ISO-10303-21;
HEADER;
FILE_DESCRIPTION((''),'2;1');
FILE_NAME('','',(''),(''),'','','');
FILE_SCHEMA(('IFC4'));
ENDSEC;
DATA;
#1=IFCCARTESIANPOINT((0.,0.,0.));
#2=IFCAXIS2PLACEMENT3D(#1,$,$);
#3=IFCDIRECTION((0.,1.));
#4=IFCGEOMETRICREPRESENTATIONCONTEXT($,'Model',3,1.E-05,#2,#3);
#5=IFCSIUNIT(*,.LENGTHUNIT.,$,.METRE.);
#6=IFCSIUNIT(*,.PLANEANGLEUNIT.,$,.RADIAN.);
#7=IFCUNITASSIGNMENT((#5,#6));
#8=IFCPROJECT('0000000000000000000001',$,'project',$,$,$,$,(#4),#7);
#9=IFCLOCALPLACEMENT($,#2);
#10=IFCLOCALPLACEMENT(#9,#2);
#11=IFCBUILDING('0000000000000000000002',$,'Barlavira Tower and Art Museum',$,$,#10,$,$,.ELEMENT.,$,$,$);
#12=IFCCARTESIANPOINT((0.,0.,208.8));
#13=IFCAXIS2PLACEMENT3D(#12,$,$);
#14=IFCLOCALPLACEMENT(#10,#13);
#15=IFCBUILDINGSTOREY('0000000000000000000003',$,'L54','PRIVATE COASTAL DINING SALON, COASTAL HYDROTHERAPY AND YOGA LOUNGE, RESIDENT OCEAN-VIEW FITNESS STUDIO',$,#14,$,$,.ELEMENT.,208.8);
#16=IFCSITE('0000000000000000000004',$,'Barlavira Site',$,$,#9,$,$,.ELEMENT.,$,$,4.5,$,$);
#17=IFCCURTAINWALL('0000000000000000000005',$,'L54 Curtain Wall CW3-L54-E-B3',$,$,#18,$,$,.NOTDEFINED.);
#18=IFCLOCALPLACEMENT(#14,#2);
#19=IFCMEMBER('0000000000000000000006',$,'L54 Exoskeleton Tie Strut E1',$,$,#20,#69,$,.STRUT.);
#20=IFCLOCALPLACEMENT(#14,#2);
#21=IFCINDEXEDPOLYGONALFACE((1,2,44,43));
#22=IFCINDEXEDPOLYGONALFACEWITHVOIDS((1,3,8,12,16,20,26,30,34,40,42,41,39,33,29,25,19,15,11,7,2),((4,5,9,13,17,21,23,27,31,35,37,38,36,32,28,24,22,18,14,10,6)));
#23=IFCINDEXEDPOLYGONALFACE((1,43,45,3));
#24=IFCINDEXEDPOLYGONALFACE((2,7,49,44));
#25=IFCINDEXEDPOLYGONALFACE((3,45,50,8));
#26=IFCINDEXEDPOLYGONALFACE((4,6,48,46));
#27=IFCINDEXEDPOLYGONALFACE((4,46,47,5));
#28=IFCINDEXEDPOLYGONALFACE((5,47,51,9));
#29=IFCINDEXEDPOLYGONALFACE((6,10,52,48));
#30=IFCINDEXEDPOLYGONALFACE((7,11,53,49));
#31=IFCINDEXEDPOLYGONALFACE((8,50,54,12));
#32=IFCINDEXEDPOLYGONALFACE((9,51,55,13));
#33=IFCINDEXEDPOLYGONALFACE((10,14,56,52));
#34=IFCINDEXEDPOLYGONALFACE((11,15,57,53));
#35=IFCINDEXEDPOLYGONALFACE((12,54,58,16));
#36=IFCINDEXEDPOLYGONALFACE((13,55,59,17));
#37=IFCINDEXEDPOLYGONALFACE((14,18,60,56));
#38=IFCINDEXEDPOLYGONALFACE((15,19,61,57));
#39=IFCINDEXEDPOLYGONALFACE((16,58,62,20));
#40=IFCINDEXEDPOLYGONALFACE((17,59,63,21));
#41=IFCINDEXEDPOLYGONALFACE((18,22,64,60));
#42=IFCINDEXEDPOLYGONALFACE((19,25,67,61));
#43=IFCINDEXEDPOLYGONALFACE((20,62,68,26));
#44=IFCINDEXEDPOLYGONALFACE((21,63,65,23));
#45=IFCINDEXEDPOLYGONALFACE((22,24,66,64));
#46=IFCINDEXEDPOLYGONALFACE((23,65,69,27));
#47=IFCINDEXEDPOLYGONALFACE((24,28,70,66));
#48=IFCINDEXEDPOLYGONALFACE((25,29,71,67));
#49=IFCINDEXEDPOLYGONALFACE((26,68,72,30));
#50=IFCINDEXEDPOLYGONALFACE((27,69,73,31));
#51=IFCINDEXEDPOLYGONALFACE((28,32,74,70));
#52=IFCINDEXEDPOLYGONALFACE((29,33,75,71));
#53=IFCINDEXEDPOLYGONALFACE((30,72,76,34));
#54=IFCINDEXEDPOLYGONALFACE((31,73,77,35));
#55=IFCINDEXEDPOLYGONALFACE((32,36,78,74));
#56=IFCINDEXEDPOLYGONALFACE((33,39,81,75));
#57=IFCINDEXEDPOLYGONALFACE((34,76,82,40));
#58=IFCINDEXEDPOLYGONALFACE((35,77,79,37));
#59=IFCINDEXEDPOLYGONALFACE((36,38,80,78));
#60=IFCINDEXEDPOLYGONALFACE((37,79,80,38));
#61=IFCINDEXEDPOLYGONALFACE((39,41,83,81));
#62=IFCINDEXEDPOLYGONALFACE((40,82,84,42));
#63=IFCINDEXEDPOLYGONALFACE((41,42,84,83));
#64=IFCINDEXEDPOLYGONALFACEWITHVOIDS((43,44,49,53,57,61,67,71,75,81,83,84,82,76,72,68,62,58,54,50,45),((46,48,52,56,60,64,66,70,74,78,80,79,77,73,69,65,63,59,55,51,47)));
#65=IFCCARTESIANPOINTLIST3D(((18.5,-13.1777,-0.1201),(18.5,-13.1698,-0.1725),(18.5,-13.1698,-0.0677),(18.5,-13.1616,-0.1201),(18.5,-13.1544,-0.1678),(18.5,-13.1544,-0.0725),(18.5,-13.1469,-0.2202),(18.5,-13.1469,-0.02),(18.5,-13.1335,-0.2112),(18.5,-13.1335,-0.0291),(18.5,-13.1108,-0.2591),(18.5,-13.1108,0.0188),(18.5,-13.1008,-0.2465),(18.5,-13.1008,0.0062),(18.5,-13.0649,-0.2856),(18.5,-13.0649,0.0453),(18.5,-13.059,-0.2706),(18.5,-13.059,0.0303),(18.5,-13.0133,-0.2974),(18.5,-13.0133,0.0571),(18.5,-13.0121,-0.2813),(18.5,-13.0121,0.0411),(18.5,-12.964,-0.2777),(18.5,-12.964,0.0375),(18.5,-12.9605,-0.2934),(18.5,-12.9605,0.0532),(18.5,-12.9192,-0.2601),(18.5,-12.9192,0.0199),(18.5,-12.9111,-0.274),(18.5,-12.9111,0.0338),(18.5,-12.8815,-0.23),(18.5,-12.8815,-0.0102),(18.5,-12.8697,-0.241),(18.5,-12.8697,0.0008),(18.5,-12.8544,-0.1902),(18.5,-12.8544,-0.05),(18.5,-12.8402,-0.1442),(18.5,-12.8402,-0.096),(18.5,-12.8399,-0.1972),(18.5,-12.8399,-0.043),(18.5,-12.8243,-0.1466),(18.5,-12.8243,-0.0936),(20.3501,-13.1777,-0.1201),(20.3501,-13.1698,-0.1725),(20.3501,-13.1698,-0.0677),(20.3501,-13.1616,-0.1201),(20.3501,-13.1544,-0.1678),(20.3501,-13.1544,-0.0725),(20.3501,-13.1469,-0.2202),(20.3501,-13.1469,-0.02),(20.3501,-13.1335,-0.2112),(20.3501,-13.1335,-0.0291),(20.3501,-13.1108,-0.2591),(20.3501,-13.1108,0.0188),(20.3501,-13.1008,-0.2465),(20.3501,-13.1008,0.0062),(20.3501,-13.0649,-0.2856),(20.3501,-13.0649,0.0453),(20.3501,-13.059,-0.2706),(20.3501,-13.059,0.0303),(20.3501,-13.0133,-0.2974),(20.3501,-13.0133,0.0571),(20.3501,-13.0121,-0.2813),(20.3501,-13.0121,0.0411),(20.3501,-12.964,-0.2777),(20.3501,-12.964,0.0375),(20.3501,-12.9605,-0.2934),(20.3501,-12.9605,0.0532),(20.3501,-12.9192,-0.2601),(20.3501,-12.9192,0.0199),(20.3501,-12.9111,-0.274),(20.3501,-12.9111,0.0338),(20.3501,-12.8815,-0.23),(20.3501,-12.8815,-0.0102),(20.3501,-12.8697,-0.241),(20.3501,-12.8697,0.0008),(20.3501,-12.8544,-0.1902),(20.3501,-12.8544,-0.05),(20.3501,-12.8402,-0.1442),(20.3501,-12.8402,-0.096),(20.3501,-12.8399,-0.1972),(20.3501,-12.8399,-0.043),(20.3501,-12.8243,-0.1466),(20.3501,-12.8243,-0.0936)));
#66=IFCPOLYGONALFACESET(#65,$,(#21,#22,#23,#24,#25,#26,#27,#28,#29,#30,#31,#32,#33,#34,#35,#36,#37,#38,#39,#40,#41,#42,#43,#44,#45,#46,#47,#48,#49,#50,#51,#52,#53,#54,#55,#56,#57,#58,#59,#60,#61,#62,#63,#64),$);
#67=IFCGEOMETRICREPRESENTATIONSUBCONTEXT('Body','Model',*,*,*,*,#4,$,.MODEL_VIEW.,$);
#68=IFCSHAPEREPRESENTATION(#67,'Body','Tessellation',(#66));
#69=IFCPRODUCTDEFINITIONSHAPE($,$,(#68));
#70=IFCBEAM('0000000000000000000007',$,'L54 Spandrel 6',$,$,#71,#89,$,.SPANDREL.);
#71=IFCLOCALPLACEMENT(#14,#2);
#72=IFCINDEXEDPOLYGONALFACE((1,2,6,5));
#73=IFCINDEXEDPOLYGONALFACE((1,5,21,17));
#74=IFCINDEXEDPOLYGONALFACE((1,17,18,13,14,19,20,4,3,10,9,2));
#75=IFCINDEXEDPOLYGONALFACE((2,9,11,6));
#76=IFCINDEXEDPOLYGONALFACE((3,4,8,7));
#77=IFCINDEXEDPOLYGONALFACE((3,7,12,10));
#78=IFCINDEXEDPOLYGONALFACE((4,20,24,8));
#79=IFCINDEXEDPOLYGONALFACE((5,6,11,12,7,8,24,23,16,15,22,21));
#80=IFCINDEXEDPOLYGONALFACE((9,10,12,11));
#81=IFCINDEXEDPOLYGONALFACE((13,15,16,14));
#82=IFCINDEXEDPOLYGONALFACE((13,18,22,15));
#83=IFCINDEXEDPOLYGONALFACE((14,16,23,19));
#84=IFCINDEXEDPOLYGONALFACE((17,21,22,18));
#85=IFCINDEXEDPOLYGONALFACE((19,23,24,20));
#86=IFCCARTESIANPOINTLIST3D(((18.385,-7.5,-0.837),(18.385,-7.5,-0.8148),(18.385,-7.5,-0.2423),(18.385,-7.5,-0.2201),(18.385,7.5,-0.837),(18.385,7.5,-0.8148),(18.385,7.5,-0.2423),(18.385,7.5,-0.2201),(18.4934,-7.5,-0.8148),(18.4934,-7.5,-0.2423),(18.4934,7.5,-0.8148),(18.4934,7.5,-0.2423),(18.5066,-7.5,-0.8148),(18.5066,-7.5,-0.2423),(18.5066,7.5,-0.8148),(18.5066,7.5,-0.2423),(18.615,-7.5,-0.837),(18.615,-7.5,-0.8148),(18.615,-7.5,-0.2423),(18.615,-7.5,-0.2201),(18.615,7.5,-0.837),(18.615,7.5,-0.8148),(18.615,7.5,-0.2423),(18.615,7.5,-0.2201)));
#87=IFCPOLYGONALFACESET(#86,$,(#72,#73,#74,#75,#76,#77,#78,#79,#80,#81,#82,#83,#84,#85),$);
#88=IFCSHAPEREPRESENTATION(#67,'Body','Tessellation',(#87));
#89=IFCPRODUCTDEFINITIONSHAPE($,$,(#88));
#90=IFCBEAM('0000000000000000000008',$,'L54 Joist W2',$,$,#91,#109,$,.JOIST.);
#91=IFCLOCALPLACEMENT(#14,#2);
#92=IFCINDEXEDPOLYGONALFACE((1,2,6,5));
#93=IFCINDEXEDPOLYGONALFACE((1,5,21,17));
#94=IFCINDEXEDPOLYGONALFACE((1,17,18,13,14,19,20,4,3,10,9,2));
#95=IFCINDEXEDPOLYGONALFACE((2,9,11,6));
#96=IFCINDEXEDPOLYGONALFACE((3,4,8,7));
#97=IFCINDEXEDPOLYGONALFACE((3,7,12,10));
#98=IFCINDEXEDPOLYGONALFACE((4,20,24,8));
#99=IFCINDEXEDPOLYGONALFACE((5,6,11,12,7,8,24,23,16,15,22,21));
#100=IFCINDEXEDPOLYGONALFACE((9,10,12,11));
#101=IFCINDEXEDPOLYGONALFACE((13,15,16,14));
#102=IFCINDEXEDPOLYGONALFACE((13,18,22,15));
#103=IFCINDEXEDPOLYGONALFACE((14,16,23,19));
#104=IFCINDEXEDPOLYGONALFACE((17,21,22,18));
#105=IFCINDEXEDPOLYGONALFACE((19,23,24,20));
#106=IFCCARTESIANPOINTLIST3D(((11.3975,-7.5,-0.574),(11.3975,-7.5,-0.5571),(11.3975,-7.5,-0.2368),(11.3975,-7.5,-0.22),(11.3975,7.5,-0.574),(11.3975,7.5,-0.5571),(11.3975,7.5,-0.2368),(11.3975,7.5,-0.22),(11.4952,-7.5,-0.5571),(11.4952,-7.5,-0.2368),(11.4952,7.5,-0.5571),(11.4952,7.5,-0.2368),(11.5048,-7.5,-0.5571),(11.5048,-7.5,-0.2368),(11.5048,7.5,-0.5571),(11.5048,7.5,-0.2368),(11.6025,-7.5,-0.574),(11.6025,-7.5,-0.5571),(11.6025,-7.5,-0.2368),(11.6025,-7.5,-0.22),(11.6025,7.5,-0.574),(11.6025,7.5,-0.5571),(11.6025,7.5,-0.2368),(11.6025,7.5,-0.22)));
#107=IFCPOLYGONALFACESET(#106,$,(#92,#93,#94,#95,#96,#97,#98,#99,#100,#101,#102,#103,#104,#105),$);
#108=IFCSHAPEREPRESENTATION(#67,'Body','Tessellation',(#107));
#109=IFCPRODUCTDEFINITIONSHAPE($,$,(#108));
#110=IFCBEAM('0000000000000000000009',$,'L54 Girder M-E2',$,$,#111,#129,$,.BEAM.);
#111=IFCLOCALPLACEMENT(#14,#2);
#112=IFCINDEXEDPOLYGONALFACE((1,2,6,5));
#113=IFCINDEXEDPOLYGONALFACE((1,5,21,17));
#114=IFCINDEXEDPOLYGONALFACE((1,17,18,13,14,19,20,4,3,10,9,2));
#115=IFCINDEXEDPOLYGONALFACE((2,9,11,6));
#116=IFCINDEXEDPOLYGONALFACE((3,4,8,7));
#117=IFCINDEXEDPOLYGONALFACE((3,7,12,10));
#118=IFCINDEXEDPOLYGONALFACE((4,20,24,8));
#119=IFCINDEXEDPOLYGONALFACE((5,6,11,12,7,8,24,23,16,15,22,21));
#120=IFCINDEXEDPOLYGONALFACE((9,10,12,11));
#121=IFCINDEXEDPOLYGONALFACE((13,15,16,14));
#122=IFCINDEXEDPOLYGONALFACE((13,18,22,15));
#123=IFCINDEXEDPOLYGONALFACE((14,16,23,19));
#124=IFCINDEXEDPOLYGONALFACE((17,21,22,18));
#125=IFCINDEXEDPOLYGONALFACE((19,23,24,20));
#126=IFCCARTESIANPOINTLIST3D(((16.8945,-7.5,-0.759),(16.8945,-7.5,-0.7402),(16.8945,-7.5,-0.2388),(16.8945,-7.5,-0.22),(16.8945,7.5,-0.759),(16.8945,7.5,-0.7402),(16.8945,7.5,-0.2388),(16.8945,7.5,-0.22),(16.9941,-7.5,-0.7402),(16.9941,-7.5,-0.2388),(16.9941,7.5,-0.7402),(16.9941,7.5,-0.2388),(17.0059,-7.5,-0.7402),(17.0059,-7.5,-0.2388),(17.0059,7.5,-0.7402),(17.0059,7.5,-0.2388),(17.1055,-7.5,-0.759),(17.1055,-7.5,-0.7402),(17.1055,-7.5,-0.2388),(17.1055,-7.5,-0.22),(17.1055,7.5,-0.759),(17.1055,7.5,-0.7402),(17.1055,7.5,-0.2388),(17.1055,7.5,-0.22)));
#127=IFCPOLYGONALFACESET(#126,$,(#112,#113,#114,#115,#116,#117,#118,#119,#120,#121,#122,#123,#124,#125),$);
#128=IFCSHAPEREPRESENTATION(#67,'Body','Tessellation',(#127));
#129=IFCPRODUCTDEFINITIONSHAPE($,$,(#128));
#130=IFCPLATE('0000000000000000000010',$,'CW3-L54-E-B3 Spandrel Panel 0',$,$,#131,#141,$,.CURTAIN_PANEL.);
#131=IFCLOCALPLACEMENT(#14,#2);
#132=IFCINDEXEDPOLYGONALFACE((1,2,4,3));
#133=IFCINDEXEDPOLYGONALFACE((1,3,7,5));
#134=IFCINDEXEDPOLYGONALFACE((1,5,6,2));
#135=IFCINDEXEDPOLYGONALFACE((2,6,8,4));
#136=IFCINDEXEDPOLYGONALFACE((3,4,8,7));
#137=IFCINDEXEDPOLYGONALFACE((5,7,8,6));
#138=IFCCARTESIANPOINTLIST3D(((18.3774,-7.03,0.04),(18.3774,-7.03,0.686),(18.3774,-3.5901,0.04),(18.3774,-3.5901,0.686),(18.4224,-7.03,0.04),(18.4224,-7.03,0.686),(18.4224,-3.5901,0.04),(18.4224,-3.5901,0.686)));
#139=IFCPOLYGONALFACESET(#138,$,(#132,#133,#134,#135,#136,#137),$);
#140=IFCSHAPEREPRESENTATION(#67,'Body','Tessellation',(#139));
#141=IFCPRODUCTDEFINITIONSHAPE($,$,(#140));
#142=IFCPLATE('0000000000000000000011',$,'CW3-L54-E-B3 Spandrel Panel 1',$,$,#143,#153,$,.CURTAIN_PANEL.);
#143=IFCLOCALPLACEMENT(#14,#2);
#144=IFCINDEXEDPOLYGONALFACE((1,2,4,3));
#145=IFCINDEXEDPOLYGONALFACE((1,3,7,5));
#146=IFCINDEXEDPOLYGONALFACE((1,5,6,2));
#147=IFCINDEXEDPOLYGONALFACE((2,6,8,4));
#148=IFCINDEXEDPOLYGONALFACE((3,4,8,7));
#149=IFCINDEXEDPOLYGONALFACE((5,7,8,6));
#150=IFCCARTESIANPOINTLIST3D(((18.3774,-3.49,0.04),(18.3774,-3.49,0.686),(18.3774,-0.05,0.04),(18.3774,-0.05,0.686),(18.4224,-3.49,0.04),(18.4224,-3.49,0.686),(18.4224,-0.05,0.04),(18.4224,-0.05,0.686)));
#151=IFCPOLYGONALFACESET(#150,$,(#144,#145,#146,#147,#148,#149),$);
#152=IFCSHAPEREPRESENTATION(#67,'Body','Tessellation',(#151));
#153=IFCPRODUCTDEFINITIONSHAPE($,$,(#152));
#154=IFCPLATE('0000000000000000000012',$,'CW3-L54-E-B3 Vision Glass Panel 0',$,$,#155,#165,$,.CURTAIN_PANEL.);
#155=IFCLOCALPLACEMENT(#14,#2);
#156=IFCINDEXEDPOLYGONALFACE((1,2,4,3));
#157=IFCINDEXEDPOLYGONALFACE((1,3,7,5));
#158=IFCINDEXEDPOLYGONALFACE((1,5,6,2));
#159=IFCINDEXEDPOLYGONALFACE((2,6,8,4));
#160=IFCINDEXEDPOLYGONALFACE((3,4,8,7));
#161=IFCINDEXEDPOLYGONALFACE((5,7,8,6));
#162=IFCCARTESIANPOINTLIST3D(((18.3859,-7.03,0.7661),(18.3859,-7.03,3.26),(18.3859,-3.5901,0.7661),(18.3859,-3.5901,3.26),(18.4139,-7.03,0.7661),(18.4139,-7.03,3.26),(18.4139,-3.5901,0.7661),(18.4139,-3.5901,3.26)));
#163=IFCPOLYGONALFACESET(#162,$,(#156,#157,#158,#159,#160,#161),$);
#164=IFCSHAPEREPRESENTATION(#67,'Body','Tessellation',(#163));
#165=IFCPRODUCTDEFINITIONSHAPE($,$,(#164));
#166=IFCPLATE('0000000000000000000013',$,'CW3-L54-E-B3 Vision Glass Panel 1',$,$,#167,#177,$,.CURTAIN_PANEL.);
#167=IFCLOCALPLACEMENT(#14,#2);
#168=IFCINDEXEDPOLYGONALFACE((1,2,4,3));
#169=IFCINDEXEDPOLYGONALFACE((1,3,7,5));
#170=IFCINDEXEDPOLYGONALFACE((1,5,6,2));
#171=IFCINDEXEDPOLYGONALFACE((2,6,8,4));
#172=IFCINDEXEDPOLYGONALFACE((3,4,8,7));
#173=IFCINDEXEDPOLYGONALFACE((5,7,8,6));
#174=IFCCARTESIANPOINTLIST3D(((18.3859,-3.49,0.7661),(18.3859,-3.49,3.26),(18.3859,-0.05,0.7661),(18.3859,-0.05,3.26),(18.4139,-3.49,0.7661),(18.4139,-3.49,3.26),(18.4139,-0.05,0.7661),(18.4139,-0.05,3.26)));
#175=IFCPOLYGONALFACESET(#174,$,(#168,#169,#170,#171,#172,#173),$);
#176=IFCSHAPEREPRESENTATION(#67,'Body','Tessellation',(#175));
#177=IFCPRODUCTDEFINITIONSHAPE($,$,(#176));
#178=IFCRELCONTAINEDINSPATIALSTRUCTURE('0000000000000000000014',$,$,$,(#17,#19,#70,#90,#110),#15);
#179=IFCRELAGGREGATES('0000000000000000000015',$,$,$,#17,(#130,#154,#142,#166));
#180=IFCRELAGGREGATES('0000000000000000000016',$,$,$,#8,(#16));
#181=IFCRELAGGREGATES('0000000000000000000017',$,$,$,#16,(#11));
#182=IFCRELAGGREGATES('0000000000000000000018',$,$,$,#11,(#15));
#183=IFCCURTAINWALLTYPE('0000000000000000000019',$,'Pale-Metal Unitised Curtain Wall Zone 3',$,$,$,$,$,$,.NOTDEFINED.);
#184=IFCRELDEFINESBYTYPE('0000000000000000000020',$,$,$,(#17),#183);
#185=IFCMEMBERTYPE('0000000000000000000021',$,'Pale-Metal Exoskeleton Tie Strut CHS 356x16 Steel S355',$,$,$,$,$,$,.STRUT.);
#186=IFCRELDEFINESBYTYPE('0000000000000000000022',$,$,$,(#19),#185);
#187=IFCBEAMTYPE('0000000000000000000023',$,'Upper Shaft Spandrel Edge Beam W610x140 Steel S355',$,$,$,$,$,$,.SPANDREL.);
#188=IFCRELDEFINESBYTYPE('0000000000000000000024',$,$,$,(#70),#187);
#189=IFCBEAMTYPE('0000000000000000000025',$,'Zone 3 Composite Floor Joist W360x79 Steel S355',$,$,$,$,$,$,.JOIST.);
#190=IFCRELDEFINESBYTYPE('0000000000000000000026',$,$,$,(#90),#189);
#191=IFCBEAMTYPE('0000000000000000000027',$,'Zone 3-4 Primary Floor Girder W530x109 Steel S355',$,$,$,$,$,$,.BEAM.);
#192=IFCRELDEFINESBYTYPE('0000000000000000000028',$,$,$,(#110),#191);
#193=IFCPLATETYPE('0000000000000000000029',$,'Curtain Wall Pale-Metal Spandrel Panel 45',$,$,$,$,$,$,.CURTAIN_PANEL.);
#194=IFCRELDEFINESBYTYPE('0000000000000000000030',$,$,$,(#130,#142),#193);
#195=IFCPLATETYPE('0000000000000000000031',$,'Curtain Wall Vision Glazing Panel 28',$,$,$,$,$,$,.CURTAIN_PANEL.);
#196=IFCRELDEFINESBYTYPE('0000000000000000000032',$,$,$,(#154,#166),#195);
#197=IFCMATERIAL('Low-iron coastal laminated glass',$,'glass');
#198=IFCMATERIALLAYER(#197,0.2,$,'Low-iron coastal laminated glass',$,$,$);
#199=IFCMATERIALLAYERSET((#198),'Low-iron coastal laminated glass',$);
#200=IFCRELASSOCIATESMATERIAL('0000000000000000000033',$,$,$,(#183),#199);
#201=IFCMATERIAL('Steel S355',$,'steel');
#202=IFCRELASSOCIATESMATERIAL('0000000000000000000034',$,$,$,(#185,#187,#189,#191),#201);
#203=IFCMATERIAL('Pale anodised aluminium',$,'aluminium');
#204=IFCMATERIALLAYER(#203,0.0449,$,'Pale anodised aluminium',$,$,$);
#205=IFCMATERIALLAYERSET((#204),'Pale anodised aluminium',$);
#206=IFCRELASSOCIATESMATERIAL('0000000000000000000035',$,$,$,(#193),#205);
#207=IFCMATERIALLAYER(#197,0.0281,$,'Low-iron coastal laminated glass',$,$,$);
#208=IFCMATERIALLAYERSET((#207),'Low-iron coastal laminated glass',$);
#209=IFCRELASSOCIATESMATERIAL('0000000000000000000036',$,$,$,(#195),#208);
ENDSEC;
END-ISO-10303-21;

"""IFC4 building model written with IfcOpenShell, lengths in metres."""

from ifc_helpers import new_model, si_unit, direction, frame, origin, origin_2d, place, context, subcontext, project, spatial, rectangle, hollow_circle, i_section, extrude, material, layer, layer_set, material_profile, profile_set, type_object, element, aggregate, save


model = new_model("IFC4")

# Units and contexts
model_context = context("Model", 3, precision=1e-05, world=origin(), true_north=direction((0.0, 1.0)))
body_context = subcontext(model_context, "Body", "Model", "MODEL_VIEW")
ifc_project = project(units=[si_unit("LENGTHUNIT", "METRE"), si_unit("PLANEANGLEUNIT", "RADIAN")], contexts=[model_context])

# Site, building, storey
site_placement = place(None, origin())
site = spatial("IfcSite", under=ifc_project, at=site_placement, Name="Barlavira Site", CompositionType="ELEMENT", RefElevation=4.5)
building_placement = place(site_placement, origin())
building = spatial("IfcBuilding", under=site, at=building_placement, Name="Barlavira Tower and Art Museum", CompositionType="ELEMENT")
storey_placement = place(building_placement, frame((0.0, 0.0, 208.8)))
storey = spatial("IfcBuildingStorey", under=building, at=storey_placement, Name="L54", Description="PRIVATE COASTAL DINING SALON, COASTAL HYDROTHERAPY AND YOGA LOUNGE, RESIDENT OCEAN-VIEW FITNESS STUDIO", CompositionType="ELEMENT", Elevation=208.8)

# Curtain wall
ifc_material_1 = material(Name="Low-iron coastal laminated glass", Category="glass")
ifc_layer_1 = layer(ifc_material_1, 0.2, Name="Low-iron coastal laminated glass")
ifc_layer_set_1 = layer_set([ifc_layer_1], Name="Low-iron coastal laminated glass")
curtain_wall_type = type_object("IfcCurtainWallType", Name="Pale-Metal Unitised Curtain Wall Zone 3", PredefinedType="NOTDEFINED", material=ifc_layer_set_1)
curtain_wall_placement = place(storey_placement, origin())
curtain_wall = element("IfcCurtainWall", 1, at=curtain_wall_placement, inside=storey, type_object=curtain_wall_type, Name="L54 Curtain Wall CW3-L54-E-B3", PredefinedType="NOTDEFINED")
ifc_material_2 = material(Name="Pale anodised aluminium", Category="aluminium")

# Member
ifc_material_3 = material(Name="Steel S355", Category="steel")
ifc_material_profile_1 = material_profile(ifc_material_3, hollow_circle(Radius=0.1777, WallThickness=0.0161, at=origin_2d()), Name="CHS 355.6x16.0")
ifc_profile_set_1 = profile_set([ifc_material_profile_1], Name="Steel S355")
member_type_1 = type_object("IfcMemberType", Name="Pale-Metal Exoskeleton Tie Strut CHS 356x16 Steel S355", PredefinedType="STRUT", material=ifc_profile_set_1)
member_1_placement = place(storey_placement, frame((20.3501, -13.0, -0.1201), z_axis=(-1.0, 0.0, 0.0), x_axis=(0.0, -1.0, 0.0)))
element("IfcMember", 2, at=member_1_placement, inside=storey, type_object=member_type_1, Name="L54 Exoskeleton Tie Strut E1", PredefinedType="STRUT", context=body_context, shape_type="SweptSolid", body=[
    extrude(hollow_circle(Radius=0.1777, WallThickness=0.0161, at=origin_2d()), origin(), (0.0, 0.0, 1.0), 1.8501),
])

# Beams
ifc_material_profile_2 = material_profile(ifc_material_3, i_section(OverallWidth=0.23, OverallDepth=0.6169, WebThickness=0.0132, FlangeThickness=0.0222, at=origin_2d()), Name="W610x140.0")
ifc_profile_set_2 = profile_set([ifc_material_profile_2], Name="Steel S355")
beam_type_1 = type_object("IfcBeamType", Name="Upper Shaft Spandrel Edge Beam W610x140 Steel S355", PredefinedType="SPANDREL", material=ifc_profile_set_2)
beam_1_placement = place(storey_placement, frame((18.5, -7.5, -0.5286), z_axis=(0.0, 1.0, 0.0), x_axis=(-1.0, 0.0, 0.0)))
element("IfcBeam", 3, at=beam_1_placement, inside=storey, type_object=beam_type_1, Name="L54 Spandrel 6", PredefinedType="SPANDREL", context=body_context, shape_type="SweptSolid", body=[
    extrude(i_section(OverallWidth=0.23, OverallDepth=0.6169, WebThickness=0.0132, FlangeThickness=0.0222, at=origin_2d()), origin(), (0.0, 0.0, 1.0), 15.0),
])
ifc_material_profile_3 = material_profile(ifc_material_3, i_section(OverallWidth=0.2051, OverallDepth=0.354, WebThickness=0.0095, FlangeThickness=0.0168, at=origin_2d()), Name="W360x79.0")
ifc_profile_set_3 = profile_set([ifc_material_profile_3], Name="Steel S355")
beam_type_2 = type_object("IfcBeamType", Name="Zone 3 Composite Floor Joist W360x79 Steel S355", PredefinedType="JOIST", material=ifc_profile_set_3)
beam_2_placement = place(storey_placement, frame((11.5, -7.5, -0.397), z_axis=(0.0, 1.0, 0.0), x_axis=(-1.0, 0.0, 0.0)))
element("IfcBeam", 4, at=beam_2_placement, inside=storey, type_object=beam_type_2, Name="L54 Joist W2", PredefinedType="JOIST", context=body_context, shape_type="SweptSolid", body=[
    extrude(i_section(OverallWidth=0.2051, OverallDepth=0.354, WebThickness=0.0095, FlangeThickness=0.0168, at=origin_2d()), origin(), (0.0, 0.0, 1.0), 15.0),
])
ifc_material_profile_4 = material_profile(ifc_material_3, i_section(OverallWidth=0.2109, OverallDepth=0.5391, WebThickness=0.0117, FlangeThickness=0.0188, at=origin_2d()), Name="W530x109.0")
ifc_profile_set_4 = profile_set([ifc_material_profile_4], Name="Steel S355")
beam_type_3 = type_object("IfcBeamType", Name="Zone 3-4 Primary Floor Girder W530x109 Steel S355", PredefinedType="BEAM", material=ifc_profile_set_4)
beam_3_placement = place(storey_placement, frame((17.0, -7.5, -0.4895), z_axis=(0.0, 1.0, 0.0), x_axis=(-1.0, 0.0, 0.0)))
element("IfcBeam", 5, at=beam_3_placement, inside=storey, type_object=beam_type_3, Name="L54 Girder M-E2", PredefinedType="BEAM", context=body_context, shape_type="SweptSolid", body=[
    extrude(i_section(OverallWidth=0.2109, OverallDepth=0.5391, WebThickness=0.0117, FlangeThickness=0.0188, at=origin_2d()), origin(), (0.0, 0.0, 1.0), 15.0),
])

# Plates
ifc_layer_2 = layer(ifc_material_2, 0.0449, Name="Pale anodised aluminium")
ifc_layer_set_2 = layer_set([ifc_layer_2], Name="Pale anodised aluminium")
plate_type_1 = type_object("IfcPlateType", Name="Curtain Wall Pale-Metal Spandrel Panel 45", PredefinedType="CURTAIN_PANEL", material=ifc_layer_set_2)
plate_1_placement = place(storey_placement, frame((18.3999, -5.3101, 0.04), z_axis=(0.0, 0.0, 1.0), x_axis=(0.0, 1.0, 0.0)))
plate_1 = element("IfcPlate", 6, at=plate_1_placement, type_object=plate_type_1, Name="CW3-L54-E-B3 Spandrel Panel 0", PredefinedType="CURTAIN_PANEL", context=body_context, shape_type="SweptSolid", body=[
    extrude(rectangle(XDim=3.4399, YDim=0.0449, at=origin_2d()), origin(), (0.0, 0.0, 1.0), 0.646),
])
plate_2_placement = place(storey_placement, frame((18.3999, -1.77, 0.04), z_axis=(0.0, 0.0, 1.0), x_axis=(0.0, 1.0, 0.0)))
plate_2 = element("IfcPlate", 7, at=plate_2_placement, type_object=plate_type_1, Name="CW3-L54-E-B3 Spandrel Panel 1", PredefinedType="CURTAIN_PANEL", context=body_context, shape_type="SweptSolid", body=[
    extrude(rectangle(XDim=3.4399, YDim=0.0449, at=origin_2d()), origin(), (0.0, 0.0, 1.0), 0.646),
])
ifc_layer_3 = layer(ifc_material_1, 0.0281, Name="Low-iron coastal laminated glass")
ifc_layer_set_3 = layer_set([ifc_layer_3], Name="Low-iron coastal laminated glass")
plate_type_2 = type_object("IfcPlateType", Name="Curtain Wall Vision Glazing Panel 28", PredefinedType="CURTAIN_PANEL", material=ifc_layer_set_3)
plate_3_placement = place(storey_placement, frame((18.3999, -5.3101, 0.7661), z_axis=(0.0, 0.0, 1.0), x_axis=(0.0, 1.0, 0.0)))
plate_3 = element("IfcPlate", 8, at=plate_3_placement, type_object=plate_type_2, Name="CW3-L54-E-B3 Vision Glass Panel 0", PredefinedType="CURTAIN_PANEL", context=body_context, shape_type="SweptSolid", body=[
    extrude(rectangle(XDim=3.4399, YDim=0.0281, at=origin_2d()), origin(), (0.0, 0.0, 1.0), 2.4939),
])
plate_4_placement = place(storey_placement, frame((18.3999, -1.77, 0.7661), z_axis=(0.0, 0.0, 1.0), x_axis=(0.0, 1.0, 0.0)))
plate_4 = element("IfcPlate", 9, at=plate_4_placement, type_object=plate_type_2, Name="CW3-L54-E-B3 Vision Glass Panel 1", PredefinedType="CURTAIN_PANEL", context=body_context, shape_type="SweptSolid", body=[
    extrude(rectangle(XDim=3.4399, YDim=0.0281, at=origin_2d()), origin(), (0.0, 0.0, 1.0), 2.4939),
])
aggregate(curtain_wall, [plate_1, plate_3, plate_2, plate_4])

save(model, "model.ifc")
